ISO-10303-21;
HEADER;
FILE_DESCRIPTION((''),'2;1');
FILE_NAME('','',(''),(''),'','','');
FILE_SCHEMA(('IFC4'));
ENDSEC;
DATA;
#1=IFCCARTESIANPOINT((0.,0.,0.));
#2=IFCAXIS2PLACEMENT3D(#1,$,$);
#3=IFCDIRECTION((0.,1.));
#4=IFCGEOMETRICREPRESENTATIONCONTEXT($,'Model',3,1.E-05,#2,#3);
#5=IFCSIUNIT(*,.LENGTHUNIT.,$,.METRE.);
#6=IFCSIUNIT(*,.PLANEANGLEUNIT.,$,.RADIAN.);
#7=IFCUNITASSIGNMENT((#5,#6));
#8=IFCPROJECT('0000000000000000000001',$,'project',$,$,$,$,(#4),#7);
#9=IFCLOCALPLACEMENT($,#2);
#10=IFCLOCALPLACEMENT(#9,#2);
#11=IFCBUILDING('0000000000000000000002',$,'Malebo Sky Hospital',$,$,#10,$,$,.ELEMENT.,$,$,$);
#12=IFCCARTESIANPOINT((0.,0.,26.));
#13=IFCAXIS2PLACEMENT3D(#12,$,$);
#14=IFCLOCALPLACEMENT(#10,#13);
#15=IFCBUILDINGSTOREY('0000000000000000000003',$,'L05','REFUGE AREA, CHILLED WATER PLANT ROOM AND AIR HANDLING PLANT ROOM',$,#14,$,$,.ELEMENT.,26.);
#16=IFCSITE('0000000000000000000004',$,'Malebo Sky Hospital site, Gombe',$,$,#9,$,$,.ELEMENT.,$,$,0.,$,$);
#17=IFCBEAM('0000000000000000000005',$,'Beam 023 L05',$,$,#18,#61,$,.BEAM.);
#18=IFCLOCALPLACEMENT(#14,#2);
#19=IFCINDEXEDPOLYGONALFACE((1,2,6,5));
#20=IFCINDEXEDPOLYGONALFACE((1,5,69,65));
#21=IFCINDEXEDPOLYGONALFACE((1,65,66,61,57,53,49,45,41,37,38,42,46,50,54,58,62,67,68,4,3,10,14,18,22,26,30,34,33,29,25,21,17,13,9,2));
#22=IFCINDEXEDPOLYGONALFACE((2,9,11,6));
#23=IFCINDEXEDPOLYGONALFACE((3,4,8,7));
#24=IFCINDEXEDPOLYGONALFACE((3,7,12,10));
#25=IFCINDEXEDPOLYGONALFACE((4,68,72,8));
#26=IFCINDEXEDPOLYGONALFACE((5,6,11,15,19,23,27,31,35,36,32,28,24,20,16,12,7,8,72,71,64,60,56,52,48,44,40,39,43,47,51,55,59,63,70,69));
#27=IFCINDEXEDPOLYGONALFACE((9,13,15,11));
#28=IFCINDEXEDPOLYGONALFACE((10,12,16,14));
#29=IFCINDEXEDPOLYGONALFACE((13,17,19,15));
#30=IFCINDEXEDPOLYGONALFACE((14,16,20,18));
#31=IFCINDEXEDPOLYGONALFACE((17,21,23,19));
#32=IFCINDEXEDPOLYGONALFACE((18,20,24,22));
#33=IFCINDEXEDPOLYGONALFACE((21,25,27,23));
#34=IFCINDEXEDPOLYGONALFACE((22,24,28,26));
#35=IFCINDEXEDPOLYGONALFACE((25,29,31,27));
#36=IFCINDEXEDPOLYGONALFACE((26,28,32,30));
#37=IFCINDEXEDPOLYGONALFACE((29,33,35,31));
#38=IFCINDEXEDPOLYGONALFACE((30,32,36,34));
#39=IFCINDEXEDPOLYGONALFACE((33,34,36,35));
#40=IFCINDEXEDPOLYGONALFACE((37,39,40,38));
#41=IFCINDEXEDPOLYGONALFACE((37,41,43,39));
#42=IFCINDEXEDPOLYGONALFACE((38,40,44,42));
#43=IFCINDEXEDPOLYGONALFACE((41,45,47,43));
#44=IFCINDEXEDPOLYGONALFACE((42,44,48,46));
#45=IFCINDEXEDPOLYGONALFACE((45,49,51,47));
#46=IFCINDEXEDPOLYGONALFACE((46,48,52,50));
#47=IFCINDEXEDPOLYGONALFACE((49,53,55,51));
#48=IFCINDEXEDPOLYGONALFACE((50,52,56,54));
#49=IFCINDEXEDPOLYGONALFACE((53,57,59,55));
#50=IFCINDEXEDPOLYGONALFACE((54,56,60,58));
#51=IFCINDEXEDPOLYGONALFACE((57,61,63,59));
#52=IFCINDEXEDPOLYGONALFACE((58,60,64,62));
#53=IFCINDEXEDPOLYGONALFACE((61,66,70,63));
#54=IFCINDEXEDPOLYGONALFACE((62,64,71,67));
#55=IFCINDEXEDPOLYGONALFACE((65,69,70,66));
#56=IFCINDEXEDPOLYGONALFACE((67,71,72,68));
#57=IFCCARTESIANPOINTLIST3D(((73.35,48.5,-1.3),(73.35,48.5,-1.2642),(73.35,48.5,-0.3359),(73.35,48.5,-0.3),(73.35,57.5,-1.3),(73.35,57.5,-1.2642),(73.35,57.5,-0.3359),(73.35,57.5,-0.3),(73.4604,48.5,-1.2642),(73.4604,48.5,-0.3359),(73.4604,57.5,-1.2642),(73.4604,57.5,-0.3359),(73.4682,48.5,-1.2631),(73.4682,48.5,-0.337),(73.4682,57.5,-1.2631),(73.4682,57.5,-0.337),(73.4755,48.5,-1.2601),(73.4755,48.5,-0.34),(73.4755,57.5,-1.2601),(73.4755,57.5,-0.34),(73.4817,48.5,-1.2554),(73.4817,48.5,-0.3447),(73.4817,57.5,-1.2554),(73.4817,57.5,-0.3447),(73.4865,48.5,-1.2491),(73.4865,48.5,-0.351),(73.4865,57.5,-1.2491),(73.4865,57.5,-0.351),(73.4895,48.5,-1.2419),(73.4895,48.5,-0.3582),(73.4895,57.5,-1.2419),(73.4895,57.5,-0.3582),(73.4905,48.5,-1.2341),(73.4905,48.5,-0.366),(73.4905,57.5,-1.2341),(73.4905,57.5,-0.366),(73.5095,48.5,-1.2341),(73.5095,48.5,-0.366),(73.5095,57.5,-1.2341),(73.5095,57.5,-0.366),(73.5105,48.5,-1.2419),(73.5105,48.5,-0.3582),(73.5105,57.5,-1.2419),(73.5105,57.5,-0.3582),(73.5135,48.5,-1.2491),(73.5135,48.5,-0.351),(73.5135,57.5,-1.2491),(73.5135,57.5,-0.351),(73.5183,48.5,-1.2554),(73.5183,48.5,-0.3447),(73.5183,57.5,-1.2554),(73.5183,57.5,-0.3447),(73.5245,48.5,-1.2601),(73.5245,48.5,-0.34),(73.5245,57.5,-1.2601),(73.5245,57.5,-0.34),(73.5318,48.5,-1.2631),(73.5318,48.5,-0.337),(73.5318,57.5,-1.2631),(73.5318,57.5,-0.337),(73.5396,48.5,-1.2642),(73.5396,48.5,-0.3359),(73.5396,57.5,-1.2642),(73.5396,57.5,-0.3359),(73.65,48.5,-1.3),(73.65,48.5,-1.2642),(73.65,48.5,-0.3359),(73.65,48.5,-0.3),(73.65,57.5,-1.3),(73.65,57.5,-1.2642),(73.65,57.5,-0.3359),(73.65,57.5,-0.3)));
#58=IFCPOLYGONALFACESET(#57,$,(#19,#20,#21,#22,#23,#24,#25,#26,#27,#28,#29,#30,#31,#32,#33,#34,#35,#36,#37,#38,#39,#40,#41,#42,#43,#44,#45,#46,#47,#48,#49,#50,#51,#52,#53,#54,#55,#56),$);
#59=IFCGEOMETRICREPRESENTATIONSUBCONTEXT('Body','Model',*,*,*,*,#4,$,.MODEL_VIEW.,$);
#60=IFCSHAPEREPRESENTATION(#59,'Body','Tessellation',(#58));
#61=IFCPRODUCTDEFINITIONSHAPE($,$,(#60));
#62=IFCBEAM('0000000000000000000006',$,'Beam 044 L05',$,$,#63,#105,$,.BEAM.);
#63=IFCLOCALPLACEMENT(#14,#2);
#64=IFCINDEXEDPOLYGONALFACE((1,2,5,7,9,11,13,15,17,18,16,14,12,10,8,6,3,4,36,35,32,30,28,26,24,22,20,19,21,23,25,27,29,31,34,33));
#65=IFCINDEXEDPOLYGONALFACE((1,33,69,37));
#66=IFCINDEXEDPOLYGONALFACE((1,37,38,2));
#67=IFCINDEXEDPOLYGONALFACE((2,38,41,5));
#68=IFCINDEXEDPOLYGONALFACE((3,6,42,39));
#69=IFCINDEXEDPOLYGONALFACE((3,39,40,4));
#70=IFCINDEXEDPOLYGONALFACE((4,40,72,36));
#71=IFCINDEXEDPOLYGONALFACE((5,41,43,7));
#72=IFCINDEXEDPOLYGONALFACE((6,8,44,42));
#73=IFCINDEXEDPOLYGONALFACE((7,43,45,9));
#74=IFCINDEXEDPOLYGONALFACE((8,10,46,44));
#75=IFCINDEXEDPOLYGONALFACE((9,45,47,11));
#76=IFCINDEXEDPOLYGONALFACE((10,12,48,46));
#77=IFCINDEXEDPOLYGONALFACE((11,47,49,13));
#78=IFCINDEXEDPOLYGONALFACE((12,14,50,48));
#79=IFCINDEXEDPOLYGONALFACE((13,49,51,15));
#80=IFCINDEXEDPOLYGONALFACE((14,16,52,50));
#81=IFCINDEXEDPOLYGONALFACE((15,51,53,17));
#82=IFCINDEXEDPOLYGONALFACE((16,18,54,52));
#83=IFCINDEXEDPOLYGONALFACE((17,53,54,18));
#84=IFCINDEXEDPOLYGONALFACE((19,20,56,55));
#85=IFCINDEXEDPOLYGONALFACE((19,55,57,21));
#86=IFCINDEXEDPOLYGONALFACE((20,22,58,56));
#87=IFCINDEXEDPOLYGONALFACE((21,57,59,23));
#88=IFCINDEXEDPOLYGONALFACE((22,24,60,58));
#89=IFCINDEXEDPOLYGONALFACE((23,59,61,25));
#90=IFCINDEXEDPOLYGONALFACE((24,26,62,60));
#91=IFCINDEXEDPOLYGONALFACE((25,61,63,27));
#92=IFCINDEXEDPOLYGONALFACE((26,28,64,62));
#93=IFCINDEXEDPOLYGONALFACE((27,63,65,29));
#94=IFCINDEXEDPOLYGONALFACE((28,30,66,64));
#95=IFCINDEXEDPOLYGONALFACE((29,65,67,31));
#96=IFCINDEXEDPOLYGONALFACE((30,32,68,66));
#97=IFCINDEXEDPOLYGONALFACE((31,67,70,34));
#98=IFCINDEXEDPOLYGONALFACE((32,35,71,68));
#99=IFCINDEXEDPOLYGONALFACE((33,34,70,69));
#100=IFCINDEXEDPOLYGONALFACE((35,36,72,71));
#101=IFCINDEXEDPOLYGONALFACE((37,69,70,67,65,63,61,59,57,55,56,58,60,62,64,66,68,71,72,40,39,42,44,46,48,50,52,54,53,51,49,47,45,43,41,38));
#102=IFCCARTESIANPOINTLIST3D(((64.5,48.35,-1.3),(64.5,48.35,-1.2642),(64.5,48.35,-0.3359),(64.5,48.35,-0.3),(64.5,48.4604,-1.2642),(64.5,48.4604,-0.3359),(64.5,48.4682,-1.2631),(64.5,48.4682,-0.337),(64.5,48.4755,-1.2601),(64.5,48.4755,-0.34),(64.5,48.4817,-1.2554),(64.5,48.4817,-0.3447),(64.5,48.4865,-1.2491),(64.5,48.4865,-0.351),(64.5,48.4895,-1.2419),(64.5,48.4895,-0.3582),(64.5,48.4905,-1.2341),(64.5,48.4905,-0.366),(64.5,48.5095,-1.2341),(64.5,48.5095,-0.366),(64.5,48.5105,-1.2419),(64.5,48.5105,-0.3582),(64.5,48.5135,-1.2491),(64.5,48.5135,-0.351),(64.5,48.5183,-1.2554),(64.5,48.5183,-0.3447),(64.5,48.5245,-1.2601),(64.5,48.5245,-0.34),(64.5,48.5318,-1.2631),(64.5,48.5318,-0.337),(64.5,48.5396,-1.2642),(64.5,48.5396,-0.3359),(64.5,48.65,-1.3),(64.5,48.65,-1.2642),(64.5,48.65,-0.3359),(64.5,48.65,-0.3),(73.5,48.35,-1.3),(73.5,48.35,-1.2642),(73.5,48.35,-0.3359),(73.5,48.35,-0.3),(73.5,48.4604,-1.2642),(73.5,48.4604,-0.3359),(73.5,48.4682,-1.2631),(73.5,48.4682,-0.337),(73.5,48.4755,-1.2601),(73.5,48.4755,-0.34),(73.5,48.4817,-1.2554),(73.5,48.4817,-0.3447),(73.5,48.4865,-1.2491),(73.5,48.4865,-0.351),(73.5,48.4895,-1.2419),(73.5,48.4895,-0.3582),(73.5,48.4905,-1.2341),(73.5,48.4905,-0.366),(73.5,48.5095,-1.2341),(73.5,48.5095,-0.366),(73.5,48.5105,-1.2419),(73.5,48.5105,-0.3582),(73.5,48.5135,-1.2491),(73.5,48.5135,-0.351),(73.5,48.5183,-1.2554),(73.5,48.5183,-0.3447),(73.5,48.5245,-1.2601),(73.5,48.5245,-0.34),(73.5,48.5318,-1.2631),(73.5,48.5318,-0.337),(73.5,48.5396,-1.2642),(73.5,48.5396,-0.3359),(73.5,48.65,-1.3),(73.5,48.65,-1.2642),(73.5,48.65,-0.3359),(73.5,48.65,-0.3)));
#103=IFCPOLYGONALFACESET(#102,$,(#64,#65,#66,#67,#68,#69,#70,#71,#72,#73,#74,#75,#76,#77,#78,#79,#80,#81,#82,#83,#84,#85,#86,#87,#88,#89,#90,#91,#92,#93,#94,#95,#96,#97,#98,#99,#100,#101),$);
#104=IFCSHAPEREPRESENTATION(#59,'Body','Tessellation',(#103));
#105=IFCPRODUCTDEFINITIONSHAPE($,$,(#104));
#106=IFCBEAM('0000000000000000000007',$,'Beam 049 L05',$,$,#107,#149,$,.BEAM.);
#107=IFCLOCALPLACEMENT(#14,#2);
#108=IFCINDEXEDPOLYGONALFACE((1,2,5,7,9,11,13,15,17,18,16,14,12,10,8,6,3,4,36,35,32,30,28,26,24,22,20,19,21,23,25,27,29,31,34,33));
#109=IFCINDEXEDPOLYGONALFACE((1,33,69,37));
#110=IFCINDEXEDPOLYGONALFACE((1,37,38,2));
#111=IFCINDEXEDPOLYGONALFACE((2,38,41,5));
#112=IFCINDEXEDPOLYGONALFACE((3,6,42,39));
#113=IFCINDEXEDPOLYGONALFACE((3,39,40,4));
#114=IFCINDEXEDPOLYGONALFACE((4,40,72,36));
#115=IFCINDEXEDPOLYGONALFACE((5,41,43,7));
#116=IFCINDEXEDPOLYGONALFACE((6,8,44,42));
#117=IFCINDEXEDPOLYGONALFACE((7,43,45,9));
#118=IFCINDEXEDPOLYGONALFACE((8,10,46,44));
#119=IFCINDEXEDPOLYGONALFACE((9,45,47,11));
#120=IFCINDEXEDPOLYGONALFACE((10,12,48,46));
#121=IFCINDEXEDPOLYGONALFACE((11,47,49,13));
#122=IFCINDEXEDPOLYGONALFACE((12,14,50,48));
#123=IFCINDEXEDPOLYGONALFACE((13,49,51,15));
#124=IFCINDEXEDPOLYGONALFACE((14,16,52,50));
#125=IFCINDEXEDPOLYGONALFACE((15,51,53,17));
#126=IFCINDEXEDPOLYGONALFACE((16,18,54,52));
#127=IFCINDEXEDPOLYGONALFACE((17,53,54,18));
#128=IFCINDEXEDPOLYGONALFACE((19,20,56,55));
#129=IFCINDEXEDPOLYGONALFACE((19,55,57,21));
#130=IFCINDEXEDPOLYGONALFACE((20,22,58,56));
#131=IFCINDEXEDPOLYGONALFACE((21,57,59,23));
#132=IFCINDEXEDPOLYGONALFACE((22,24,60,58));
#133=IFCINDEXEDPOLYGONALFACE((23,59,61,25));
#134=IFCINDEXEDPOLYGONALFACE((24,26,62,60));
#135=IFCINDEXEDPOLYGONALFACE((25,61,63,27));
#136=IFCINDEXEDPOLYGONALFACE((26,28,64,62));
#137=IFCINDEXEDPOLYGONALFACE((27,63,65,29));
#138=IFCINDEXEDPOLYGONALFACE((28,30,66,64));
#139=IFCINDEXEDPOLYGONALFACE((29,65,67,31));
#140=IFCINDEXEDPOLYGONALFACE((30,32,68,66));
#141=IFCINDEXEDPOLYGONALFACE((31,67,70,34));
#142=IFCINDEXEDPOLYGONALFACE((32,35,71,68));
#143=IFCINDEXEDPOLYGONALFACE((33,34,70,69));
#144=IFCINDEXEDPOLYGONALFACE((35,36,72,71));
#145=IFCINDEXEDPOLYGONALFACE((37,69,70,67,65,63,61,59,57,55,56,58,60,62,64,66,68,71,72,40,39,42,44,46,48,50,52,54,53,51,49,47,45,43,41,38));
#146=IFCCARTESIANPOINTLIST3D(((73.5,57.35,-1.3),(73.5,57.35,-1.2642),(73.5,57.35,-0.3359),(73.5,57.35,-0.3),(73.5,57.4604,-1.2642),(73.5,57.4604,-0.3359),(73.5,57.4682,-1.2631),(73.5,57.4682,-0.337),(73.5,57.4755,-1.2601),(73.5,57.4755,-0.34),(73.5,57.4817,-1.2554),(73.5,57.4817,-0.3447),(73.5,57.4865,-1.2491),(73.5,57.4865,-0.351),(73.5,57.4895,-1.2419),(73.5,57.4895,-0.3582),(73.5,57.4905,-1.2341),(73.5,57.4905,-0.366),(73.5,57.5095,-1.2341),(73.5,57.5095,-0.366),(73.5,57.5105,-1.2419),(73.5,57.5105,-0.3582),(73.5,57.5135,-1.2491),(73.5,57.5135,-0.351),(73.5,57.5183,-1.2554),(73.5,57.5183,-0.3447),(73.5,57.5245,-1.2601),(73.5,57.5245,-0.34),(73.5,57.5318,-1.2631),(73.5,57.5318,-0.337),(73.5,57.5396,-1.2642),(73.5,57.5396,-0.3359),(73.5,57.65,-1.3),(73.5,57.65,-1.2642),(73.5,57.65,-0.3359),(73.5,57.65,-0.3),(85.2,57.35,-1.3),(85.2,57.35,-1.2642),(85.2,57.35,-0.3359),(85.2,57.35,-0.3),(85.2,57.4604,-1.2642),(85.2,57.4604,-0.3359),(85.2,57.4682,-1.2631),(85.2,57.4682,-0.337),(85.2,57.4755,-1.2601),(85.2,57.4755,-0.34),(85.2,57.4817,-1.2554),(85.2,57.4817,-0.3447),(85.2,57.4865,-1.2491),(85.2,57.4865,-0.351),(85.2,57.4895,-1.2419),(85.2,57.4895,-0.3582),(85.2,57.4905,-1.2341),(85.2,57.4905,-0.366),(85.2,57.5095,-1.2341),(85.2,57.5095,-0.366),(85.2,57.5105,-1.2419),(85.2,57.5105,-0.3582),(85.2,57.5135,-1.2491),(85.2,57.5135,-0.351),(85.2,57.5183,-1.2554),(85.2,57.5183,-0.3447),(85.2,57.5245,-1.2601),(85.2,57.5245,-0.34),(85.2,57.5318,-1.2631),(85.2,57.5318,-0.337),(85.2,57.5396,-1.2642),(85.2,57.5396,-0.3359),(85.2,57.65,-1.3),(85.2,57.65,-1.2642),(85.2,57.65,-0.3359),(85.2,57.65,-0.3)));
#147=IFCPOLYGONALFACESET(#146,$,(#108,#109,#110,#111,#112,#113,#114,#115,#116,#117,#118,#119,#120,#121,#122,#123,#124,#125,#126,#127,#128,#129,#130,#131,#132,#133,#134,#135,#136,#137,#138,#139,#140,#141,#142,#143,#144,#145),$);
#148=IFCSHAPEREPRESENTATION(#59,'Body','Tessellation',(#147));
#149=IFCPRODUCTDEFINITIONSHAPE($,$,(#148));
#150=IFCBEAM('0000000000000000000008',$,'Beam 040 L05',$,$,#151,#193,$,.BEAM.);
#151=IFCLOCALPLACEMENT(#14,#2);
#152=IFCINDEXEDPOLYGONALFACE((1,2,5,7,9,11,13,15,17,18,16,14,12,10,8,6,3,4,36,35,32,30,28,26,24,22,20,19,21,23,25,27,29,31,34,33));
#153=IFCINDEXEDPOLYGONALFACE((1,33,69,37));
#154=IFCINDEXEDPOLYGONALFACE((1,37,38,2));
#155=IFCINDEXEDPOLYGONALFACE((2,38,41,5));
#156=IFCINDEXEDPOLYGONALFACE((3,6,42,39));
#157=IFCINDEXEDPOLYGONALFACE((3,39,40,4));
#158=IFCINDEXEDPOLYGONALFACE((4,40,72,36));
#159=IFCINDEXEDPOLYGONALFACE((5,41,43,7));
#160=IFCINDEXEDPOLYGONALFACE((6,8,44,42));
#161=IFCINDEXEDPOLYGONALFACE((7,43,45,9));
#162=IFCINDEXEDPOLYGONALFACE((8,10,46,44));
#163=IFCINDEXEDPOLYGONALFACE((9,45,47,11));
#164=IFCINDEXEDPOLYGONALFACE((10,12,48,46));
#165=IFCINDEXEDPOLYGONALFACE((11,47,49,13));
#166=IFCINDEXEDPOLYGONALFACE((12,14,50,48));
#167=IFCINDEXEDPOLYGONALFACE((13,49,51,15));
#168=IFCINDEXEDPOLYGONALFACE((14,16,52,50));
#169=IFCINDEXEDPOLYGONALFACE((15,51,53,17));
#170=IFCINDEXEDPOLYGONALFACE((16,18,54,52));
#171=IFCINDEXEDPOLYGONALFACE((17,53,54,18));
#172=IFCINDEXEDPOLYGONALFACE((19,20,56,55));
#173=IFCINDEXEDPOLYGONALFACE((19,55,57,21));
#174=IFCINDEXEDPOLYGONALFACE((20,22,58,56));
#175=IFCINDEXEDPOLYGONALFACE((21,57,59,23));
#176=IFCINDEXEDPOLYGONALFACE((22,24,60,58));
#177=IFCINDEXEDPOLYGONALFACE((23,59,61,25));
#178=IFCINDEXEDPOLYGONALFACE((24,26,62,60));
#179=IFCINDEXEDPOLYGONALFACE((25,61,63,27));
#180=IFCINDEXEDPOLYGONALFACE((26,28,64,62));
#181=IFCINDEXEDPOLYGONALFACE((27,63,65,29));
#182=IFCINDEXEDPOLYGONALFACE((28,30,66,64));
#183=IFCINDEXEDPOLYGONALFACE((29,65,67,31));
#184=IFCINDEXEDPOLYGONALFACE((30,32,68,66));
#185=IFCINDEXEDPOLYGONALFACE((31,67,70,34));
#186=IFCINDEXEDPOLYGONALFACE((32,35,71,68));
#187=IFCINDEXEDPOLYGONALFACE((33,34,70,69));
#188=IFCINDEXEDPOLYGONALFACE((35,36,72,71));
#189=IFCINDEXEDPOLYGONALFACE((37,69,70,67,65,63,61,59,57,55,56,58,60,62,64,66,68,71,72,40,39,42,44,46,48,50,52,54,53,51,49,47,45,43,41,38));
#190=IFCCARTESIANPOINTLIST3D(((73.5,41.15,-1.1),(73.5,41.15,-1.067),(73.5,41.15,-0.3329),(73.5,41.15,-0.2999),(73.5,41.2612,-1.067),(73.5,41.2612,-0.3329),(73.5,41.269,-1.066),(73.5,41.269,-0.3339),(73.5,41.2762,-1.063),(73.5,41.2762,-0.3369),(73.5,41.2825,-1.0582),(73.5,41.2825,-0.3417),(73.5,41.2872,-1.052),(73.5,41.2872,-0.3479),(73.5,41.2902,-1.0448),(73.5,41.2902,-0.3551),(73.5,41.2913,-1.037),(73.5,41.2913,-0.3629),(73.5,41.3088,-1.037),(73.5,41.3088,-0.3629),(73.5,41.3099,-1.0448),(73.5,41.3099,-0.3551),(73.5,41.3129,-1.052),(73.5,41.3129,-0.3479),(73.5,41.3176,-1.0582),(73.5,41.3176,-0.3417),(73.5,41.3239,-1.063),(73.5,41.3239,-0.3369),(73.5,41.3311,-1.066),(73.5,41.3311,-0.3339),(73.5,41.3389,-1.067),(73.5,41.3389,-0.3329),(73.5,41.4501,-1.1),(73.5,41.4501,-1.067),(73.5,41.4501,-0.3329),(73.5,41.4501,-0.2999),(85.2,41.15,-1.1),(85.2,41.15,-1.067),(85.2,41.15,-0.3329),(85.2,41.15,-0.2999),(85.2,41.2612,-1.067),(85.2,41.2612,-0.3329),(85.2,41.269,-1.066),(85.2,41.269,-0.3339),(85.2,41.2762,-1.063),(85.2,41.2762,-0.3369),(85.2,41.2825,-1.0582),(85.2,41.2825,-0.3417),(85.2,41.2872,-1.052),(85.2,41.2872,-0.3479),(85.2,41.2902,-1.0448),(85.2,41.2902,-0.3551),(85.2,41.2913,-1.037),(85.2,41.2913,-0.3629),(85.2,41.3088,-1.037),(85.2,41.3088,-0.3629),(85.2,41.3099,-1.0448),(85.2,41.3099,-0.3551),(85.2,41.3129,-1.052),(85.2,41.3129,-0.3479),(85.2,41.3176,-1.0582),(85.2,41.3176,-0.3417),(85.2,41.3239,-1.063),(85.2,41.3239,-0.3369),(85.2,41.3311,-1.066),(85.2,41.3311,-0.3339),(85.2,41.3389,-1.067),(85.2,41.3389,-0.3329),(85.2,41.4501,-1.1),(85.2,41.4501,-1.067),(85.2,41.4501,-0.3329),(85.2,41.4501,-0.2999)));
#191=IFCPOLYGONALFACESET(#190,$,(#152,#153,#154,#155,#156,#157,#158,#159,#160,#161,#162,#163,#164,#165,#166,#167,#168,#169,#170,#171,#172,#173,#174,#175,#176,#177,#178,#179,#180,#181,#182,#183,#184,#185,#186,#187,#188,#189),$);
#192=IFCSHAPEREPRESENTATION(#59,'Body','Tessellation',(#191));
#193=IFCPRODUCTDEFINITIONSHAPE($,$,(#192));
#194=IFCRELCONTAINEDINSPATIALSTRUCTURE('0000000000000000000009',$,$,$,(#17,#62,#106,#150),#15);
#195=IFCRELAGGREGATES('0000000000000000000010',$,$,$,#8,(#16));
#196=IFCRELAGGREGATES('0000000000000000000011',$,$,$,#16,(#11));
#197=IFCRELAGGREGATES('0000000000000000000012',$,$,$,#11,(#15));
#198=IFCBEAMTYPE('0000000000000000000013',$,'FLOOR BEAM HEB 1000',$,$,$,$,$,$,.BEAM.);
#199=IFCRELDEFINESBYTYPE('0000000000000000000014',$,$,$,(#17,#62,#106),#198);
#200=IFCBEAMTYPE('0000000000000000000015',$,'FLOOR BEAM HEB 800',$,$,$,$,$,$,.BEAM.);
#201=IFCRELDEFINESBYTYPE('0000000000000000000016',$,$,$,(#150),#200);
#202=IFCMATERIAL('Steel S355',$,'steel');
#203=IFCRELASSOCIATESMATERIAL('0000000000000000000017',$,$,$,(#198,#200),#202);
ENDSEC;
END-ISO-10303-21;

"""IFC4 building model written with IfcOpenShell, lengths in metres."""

from ifc_helpers import new_model, si_unit, direction, frame, origin, origin_2d, place, context, subcontext, project, spatial, i_section, extrude, material, material_profile, profile_set, type_object, element, save


model = new_model("IFC4")

# Units and contexts
model_context = context("Model", 3, precision=1e-05, world=origin(), true_north=direction((0.0, 1.0)))
body_context = subcontext(model_context, "Body", "Model", "MODEL_VIEW")
ifc_project = project(units=[si_unit("LENGTHUNIT", "METRE"), si_unit("PLANEANGLEUNIT", "RADIAN")], contexts=[model_context])

# Site, building, storey
site_placement = place(None, origin())
site = spatial("IfcSite", under=ifc_project, at=site_placement, Name="Malebo Sky Hospital site, Gombe", CompositionType="ELEMENT", RefElevation=0.0)
building_placement = place(site_placement, origin())
building = spatial("IfcBuilding", under=site, at=building_placement, Name="Malebo Sky Hospital", CompositionType="ELEMENT")
storey_placement = place(building_placement, frame((0.0, 0.0, 26.0)))
storey = spatial("IfcBuildingStorey", under=building, at=storey_placement, Name="L05", Description="REFUGE AREA, CHILLED WATER PLANT ROOM AND AIR HANDLING PLANT ROOM", CompositionType="ELEMENT", Elevation=26.0)

# Beams
ifc_material_1 = material(Name="Steel S355", Category="steel")
ifc_material_profile_1 = material_profile(ifc_material_1, i_section(OverallWidth=0.3, OverallDepth=1.0, WebThickness=0.019, FlangeThickness=0.0359, FilletRadius=0.03, at=origin_2d()), Name="HEB 1000")
ifc_profile_set_1 = profile_set([ifc_material_profile_1], Name="Steel S355")
beam_type_1 = type_object("IfcBeamType", Name="FLOOR BEAM HEB 1000", PredefinedType="BEAM", material=ifc_profile_set_1)
for number, where, z_axis, x_axis, name in (
    (1, (73.5, 48.5, -0.8), (0.0, 1.0, 0.0), (-1.0, 0.0, 0.0), "Beam 023 L05"),
    (2, (64.5, 48.5, -0.8), (1.0, 0.0, 0.0), (0.0, 1.0, 0.0), "Beam 044 L05"),
):
    element("IfcBeam", number, at=place(storey_placement, frame(where, z_axis=z_axis, x_axis=x_axis)), inside=storey, type_object=beam_type_1, Name=name, PredefinedType="BEAM", context=body_context, shape_type="SweptSolid", body=[
        extrude(i_section(OverallWidth=0.3, OverallDepth=1.0, WebThickness=0.019, FlangeThickness=0.0359, FilletRadius=0.03, at=origin_2d()), origin(), (0.0, 0.0, 1.0), 9.0),
    ])
beam_1_placement = place(storey_placement, frame((73.5, 57.5, -0.8), z_axis=(1.0, 0.0, 0.0), x_axis=(0.0, 1.0, 0.0)))
element("IfcBeam", 3, at=beam_1_placement, inside=storey, type_object=beam_type_1, Name="Beam 049 L05", PredefinedType="BEAM", context=body_context, shape_type="SweptSolid", body=[
    extrude(i_section(OverallWidth=0.3, OverallDepth=1.0, WebThickness=0.019, FlangeThickness=0.0359, FilletRadius=0.03, at=origin_2d()), origin(), (0.0, 0.0, 1.0), 11.7),
])
ifc_material_profile_2 = material_profile(ifc_material_1, i_section(OverallWidth=0.3, OverallDepth=0.8, WebThickness=0.0176, FlangeThickness=0.033, FilletRadius=0.03, at=origin_2d()), Name="HEB 800")
ifc_profile_set_2 = profile_set([ifc_material_profile_2], Name="Steel S355")
beam_type_2 = type_object("IfcBeamType", Name="FLOOR BEAM HEB 800", PredefinedType="BEAM", material=ifc_profile_set_2)
beam_2_placement = place(storey_placement, frame((73.5, 41.3, -0.7), z_axis=(1.0, 0.0, 0.0), x_axis=(0.0, 1.0, 0.0)))
element("IfcBeam", 4, at=beam_2_placement, inside=storey, type_object=beam_type_2, Name="Beam 040 L05", PredefinedType="BEAM", context=body_context, shape_type="SweptSolid", body=[
    extrude(i_section(OverallWidth=0.3, OverallDepth=0.8, WebThickness=0.0176, FlangeThickness=0.033, FilletRadius=0.03, at=origin_2d()), origin(), (0.0, 0.0, 1.0), 11.7),
])

save(model, "model.ifc")
